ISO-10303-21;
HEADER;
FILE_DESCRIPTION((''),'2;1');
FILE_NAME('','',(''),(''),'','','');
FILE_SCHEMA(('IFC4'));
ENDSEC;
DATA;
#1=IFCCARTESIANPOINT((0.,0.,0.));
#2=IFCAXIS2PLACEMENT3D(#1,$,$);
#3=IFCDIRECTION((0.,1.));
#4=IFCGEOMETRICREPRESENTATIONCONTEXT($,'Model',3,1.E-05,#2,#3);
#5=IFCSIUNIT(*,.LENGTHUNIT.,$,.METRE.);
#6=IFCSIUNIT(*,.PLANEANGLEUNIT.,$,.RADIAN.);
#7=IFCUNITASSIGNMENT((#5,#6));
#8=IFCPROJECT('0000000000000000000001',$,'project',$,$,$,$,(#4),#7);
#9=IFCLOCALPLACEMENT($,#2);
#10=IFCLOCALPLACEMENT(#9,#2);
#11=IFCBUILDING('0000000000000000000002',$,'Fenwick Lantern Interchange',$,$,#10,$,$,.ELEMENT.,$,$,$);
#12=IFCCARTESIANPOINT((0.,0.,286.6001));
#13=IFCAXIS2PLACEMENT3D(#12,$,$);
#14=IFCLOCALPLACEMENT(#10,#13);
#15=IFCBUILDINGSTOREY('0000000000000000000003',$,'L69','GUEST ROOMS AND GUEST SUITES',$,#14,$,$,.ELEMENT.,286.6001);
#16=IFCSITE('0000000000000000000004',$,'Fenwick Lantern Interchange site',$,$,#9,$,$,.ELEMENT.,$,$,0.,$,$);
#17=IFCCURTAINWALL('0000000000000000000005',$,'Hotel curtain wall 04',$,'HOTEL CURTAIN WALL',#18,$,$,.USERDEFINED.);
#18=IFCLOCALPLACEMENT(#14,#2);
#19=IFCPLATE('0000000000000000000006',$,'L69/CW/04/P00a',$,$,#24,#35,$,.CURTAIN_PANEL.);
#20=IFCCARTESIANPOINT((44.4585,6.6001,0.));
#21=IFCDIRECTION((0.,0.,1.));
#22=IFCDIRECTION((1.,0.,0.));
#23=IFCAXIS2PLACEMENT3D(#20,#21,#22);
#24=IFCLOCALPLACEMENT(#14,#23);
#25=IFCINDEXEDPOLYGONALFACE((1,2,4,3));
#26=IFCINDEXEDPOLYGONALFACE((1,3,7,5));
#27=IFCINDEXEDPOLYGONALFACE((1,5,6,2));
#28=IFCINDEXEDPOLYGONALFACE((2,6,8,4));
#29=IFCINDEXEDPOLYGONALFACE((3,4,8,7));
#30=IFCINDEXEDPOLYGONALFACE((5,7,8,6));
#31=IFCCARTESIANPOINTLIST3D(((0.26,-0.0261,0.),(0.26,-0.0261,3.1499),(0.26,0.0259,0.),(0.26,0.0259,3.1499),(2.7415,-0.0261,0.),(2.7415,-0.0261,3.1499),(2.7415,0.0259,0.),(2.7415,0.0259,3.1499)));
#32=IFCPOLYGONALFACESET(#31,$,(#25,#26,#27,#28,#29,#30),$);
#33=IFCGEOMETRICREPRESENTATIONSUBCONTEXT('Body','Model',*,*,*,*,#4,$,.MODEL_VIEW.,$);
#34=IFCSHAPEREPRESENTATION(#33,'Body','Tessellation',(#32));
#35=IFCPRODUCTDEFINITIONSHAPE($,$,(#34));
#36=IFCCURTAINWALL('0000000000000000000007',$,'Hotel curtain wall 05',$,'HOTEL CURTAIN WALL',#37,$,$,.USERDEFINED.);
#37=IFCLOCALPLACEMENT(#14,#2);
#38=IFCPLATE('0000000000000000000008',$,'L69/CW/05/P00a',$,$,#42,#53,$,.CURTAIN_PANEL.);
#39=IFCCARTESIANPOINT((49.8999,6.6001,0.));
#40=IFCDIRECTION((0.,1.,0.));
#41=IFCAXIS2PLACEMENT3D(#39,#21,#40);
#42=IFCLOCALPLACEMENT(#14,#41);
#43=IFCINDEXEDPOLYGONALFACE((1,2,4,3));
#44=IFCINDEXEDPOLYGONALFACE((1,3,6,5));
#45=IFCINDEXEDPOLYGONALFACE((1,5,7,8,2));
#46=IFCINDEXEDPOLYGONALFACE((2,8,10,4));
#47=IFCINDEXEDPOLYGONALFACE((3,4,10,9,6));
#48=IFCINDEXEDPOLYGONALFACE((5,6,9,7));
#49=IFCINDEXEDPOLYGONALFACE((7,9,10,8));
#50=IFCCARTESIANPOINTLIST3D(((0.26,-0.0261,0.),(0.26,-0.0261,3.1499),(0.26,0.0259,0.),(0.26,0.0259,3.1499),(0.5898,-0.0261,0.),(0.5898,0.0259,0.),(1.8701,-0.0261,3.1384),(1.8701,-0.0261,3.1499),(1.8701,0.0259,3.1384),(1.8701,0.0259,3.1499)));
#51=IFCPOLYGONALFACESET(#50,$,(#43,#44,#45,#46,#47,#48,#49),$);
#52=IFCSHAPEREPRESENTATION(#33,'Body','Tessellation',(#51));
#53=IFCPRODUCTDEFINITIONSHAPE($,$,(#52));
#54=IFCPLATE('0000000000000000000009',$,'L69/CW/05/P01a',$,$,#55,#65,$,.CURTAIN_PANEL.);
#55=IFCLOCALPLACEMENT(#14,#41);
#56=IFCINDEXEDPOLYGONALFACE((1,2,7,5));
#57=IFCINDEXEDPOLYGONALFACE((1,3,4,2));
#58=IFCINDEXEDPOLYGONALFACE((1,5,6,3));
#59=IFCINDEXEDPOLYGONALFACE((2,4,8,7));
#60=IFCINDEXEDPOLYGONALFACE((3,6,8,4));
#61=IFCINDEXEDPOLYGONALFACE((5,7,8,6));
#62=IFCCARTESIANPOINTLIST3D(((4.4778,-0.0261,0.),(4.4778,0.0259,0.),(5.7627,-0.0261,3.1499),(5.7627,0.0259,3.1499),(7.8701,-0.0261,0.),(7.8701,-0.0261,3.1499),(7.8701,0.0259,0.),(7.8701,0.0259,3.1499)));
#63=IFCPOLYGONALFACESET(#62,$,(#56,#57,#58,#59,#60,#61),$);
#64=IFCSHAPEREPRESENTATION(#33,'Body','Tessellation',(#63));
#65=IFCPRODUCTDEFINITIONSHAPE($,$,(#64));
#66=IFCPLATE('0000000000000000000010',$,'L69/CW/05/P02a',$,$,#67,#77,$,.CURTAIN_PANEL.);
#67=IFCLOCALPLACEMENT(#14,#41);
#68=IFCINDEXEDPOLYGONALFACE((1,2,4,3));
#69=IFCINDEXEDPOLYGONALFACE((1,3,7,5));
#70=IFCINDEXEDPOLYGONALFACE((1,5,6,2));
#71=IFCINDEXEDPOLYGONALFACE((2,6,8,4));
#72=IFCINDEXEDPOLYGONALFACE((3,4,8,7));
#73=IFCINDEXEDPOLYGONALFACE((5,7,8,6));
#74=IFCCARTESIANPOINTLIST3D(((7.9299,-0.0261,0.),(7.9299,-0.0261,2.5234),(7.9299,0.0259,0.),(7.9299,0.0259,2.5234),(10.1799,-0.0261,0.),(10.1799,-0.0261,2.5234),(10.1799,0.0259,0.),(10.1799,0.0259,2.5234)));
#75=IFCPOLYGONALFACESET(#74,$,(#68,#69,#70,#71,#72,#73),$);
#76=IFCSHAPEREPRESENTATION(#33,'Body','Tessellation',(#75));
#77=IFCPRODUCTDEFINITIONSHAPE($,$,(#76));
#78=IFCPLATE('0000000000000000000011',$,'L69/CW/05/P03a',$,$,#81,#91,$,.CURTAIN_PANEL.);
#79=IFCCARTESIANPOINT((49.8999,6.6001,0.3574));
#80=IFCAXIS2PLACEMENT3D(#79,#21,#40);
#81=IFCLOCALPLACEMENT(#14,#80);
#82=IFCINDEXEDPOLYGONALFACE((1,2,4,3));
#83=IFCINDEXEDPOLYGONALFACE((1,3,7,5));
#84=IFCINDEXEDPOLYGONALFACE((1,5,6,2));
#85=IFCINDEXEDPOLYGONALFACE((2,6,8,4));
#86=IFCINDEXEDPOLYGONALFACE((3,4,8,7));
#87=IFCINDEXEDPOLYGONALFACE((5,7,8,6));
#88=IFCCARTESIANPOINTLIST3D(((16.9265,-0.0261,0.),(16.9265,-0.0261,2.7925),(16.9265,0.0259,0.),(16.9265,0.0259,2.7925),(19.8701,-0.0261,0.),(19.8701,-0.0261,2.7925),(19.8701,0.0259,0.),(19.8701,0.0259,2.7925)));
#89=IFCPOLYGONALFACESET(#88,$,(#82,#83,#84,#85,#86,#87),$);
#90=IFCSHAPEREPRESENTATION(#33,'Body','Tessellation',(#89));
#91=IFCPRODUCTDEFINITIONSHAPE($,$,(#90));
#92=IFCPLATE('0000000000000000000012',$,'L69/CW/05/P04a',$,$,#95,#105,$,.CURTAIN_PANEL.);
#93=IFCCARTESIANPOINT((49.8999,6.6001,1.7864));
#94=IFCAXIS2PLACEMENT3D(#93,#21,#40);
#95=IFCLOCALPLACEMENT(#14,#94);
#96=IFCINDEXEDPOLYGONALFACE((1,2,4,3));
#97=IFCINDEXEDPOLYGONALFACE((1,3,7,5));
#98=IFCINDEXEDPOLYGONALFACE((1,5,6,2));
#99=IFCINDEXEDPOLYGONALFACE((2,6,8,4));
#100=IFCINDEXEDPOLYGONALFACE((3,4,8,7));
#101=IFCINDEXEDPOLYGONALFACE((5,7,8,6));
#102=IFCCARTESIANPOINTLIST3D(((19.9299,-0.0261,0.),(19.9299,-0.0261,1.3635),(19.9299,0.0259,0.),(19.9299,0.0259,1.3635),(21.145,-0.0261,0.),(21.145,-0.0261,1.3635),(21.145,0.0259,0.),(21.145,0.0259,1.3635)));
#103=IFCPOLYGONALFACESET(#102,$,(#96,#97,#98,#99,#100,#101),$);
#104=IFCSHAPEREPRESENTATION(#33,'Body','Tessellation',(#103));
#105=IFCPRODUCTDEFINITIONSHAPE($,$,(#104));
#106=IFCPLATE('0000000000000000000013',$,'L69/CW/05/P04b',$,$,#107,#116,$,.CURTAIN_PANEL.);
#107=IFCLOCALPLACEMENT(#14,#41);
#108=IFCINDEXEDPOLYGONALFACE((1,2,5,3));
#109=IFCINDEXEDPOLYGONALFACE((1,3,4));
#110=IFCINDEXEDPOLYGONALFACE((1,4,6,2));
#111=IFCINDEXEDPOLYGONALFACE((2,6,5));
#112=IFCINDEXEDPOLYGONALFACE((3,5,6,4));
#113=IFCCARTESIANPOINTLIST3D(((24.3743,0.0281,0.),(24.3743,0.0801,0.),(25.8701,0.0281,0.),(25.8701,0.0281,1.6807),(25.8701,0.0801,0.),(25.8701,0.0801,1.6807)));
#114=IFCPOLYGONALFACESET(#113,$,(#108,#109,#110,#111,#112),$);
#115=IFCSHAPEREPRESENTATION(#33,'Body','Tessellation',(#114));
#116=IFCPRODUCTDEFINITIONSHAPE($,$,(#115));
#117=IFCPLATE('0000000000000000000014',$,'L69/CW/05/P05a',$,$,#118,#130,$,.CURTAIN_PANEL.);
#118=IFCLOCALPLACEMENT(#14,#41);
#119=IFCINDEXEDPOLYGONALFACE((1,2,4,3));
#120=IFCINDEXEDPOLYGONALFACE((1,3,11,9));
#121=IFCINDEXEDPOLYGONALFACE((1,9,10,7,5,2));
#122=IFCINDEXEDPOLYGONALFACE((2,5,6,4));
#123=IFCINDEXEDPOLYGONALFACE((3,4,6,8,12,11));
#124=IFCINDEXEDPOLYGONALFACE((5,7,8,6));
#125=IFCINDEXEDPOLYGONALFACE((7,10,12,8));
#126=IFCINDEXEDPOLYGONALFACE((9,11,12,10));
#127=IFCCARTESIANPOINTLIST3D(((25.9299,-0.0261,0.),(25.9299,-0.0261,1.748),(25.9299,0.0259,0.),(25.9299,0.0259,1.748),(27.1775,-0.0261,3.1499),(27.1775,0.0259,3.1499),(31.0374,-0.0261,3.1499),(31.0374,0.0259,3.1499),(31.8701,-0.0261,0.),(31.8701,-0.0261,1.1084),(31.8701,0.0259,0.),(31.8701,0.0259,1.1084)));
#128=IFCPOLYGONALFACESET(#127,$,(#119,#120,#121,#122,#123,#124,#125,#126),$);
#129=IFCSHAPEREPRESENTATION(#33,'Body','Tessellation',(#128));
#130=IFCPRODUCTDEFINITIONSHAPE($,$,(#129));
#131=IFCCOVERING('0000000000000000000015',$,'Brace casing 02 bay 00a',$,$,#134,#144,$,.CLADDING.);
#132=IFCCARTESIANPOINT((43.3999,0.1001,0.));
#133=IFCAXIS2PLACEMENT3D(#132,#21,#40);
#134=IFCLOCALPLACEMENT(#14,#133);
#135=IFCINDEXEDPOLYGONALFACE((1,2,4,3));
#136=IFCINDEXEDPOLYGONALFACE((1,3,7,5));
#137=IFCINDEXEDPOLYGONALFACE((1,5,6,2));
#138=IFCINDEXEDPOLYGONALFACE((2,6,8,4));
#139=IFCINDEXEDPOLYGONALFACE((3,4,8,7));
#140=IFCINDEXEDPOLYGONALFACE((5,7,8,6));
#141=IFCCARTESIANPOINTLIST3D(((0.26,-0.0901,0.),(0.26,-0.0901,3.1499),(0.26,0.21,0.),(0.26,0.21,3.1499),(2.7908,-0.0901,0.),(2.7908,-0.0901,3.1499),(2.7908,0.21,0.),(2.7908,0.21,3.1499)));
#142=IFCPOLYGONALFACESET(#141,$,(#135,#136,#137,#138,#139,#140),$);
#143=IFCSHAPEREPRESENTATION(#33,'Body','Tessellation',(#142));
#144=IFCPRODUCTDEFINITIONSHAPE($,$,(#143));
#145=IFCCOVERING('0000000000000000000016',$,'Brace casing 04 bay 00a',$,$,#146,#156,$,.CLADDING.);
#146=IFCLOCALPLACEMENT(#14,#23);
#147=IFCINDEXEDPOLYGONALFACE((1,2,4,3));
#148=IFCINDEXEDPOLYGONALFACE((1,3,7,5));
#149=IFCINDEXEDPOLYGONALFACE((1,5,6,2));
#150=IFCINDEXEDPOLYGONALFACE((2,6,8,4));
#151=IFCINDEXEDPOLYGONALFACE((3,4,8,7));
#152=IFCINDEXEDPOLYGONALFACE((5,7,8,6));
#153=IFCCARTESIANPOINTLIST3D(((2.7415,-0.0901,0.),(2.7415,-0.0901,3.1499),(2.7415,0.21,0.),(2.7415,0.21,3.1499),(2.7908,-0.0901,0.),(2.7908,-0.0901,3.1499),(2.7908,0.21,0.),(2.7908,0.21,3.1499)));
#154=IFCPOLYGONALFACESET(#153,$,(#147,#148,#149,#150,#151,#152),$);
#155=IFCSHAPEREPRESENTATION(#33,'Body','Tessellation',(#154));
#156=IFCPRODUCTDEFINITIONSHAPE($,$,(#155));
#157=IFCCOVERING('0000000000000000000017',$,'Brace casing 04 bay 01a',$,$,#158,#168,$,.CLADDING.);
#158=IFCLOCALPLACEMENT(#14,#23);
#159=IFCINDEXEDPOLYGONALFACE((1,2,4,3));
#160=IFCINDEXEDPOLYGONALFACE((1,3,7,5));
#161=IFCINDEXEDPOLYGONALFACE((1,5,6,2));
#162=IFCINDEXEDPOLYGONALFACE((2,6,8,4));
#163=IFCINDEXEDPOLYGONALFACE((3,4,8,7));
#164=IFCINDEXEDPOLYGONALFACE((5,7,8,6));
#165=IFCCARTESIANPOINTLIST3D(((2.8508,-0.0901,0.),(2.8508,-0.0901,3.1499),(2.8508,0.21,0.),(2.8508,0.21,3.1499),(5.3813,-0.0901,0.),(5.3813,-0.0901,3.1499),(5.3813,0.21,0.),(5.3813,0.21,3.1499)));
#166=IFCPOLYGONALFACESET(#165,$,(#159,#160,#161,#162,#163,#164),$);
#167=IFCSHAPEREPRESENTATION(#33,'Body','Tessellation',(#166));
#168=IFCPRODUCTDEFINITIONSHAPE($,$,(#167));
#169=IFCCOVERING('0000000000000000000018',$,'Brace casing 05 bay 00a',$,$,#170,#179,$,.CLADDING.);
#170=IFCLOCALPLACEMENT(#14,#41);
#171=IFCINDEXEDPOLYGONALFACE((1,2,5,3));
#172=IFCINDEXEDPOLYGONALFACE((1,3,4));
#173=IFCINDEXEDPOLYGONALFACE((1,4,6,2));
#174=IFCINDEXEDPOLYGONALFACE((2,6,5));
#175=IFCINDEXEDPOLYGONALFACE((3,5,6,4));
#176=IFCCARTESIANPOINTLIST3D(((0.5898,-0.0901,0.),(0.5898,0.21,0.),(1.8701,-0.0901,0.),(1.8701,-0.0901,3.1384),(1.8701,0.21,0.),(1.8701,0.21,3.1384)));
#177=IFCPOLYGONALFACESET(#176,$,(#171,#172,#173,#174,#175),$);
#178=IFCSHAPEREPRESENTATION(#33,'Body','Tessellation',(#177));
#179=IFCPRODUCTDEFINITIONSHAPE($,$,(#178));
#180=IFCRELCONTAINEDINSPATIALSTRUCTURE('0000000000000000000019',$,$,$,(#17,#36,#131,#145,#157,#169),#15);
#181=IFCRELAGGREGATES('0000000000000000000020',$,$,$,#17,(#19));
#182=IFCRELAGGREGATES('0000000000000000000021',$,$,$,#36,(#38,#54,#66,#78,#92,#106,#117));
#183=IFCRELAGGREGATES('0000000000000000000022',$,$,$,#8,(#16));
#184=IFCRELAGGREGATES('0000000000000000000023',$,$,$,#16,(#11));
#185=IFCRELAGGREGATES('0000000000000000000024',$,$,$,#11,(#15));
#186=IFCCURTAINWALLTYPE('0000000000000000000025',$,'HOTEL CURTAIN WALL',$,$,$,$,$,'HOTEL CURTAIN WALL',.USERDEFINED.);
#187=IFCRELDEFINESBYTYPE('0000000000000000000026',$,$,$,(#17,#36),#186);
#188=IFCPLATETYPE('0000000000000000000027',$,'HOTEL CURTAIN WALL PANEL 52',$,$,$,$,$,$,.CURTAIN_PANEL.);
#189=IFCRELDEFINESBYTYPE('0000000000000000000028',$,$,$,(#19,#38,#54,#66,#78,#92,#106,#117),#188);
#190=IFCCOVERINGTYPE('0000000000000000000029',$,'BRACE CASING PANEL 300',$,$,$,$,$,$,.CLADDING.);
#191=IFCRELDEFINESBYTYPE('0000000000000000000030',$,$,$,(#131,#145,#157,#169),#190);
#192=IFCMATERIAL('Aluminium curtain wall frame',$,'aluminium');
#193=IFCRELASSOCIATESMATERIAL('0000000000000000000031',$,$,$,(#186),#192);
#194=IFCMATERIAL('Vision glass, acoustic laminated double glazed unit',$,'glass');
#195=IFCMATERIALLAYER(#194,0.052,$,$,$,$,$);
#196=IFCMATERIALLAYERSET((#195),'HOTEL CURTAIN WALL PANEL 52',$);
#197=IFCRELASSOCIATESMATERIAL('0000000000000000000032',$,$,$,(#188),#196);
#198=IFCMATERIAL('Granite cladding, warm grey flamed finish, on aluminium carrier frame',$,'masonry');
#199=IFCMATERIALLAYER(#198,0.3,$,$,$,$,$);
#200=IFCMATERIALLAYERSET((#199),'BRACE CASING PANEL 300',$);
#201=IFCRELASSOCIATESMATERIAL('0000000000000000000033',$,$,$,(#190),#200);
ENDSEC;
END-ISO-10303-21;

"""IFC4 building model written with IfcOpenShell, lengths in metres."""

from ifc_helpers import new_model, si_unit, direction, frame, origin, place, context, subcontext, project, spatial, polyline, outline, extrude, material, layer, layer_set, type_object, element, aggregate, save


model = new_model("IFC4")

# Units and contexts
model_context = context("Model", 3, precision=1e-05, world=origin(), true_north=direction((0.0, 1.0)))
body_context = subcontext(model_context, "Body", "Model", "MODEL_VIEW")
ifc_project = project(units=[si_unit("LENGTHUNIT", "METRE"), si_unit("PLANEANGLEUNIT", "RADIAN")], contexts=[model_context])

# Site, building, storey
site_placement = place(None, origin())
site = spatial("IfcSite", under=ifc_project, at=site_placement, Name="Fenwick Lantern Interchange site", CompositionType="ELEMENT", RefElevation=0.0)
building_placement = place(site_placement, origin())
building = spatial("IfcBuilding", under=site, at=building_placement, Name="Fenwick Lantern Interchange", CompositionType="ELEMENT")
storey_placement = place(building_placement, frame((0.0, 0.0, 286.6001)))
storey = spatial("IfcBuildingStorey", under=building, at=storey_placement, Name="L69", Description="GUEST ROOMS AND GUEST SUITES", CompositionType="ELEMENT", Elevation=286.6001)

# Shared definitions
ifc_material_1 = material(Name="Aluminium curtain wall frame", Category="aluminium")
curtain_wall_type = type_object("IfcCurtainWallType", Name="HOTEL CURTAIN WALL", ElementType="HOTEL CURTAIN WALL", PredefinedType="USERDEFINED", material=ifc_material_1)

# Curtain wall
curtain_wall_1_placement = place(storey_placement, origin())
curtain_wall_1 = element("IfcCurtainWall", 1, at=curtain_wall_1_placement, inside=storey, type_object=curtain_wall_type, Name="Hotel curtain wall 04", ObjectType="HOTEL CURTAIN WALL", PredefinedType="USERDEFINED")

# Plate
ifc_material_2 = material(Name="Vision glass, acoustic laminated double glazed unit", Category="glass")
ifc_layer_1 = layer(ifc_material_2, 0.052)
ifc_layer_set_1 = layer_set([ifc_layer_1], Name="HOTEL CURTAIN WALL PANEL 52")
plate_type = type_object("IfcPlateType", Name="HOTEL CURTAIN WALL PANEL 52", PredefinedType="CURTAIN_PANEL", material=ifc_layer_set_1)
plate_1_placement = place(storey_placement, frame((44.4585, 6.6001, 0.0), z_axis=(0.0, 0.0, 1.0), x_axis=(1.0, 0.0, 0.0)))
plate_1 = element("IfcPlate", 2, at=plate_1_placement, type_object=plate_type, Name="L69/CW/04/P00a", PredefinedType="CURTAIN_PANEL", context=body_context, shape_type="SweptSolid", body=[
    extrude(outline(polyline([(0.26, 0.0), (2.7415, 0.0), (2.7415, 3.1499), (0.26, 3.1499), (0.26, 0.0)])), frame((0.0, 0.0259, 0.0), z_axis=(0.0, -1.0, 0.0), x_axis=(1.0, 0.0, 0.0)), (0.0, 0.0, 1.0), 0.052),
])
aggregate(curtain_wall_1, [plate_1])

# Curtain wall, plates
curtain_wall_2_placement = place(storey_placement, origin())
curtain_wall_2 = element("IfcCurtainWall", 3, at=curtain_wall_2_placement, inside=storey, type_object=curtain_wall_type, Name="Hotel curtain wall 05", ObjectType="HOTEL CURTAIN WALL", PredefinedType="USERDEFINED")
plate_2_placement = place(storey_placement, frame((49.8999, 6.6001, 0.0), z_axis=(0.0, 0.0, 1.0), x_axis=(0.0, 1.0, 0.0)))
plate_2 = element("IfcPlate", 4, at=plate_2_placement, type_object=plate_type, Name="L69/CW/05/P00a", PredefinedType="CURTAIN_PANEL", context=body_context, shape_type="SweptSolid", body=[
    extrude(outline(polyline([(0.26, 0.0), (0.5898, 0.0), (1.8701, 3.1384), (1.8701, 3.1499), (0.26, 3.1499), (0.26, 0.0)])), frame((0.0, 0.0259, 0.0), z_axis=(0.0, -1.0, 0.0), x_axis=(1.0, 0.0, 0.0)), (0.0, 0.0, 1.0), 0.052),
])
plate_3_placement = place(storey_placement, frame((49.8999, 6.6001, 0.0), z_axis=(0.0, 0.0, 1.0), x_axis=(0.0, 1.0, 0.0)))
plate_3 = element("IfcPlate", 5, at=plate_3_placement, type_object=plate_type, Name="L69/CW/05/P01a", PredefinedType="CURTAIN_PANEL", context=body_context, shape_type="SweptSolid", body=[
    extrude(outline(polyline([(4.4778, 0.0), (7.8701, 0.0), (7.8701, 3.1499), (5.7627, 3.1499), (4.4778, 0.0)])), frame((0.0, 0.0259, 0.0), z_axis=(0.0, -1.0, 0.0), x_axis=(1.0, 0.0, 0.0)), (0.0, 0.0, 1.0), 0.052),
])
plate_4_placement = place(storey_placement, frame((49.8999, 6.6001, 0.0), z_axis=(0.0, 0.0, 1.0), x_axis=(0.0, 1.0, 0.0)))
plate_4 = element("IfcPlate", 6, at=plate_4_placement, type_object=plate_type, Name="L69/CW/05/P02a", PredefinedType="CURTAIN_PANEL", context=body_context, shape_type="SweptSolid", body=[
    extrude(outline(polyline([(7.9299, 0.0), (10.1799, 0.0), (10.1799, 2.5234), (7.9299, 2.5234), (7.9299, 0.0)])), frame((0.0, 0.0259, 0.0), z_axis=(0.0, -1.0, 0.0), x_axis=(1.0, 0.0, 0.0)), (0.0, 0.0, 1.0), 0.052),
])
plate_5_placement = place(storey_placement, frame((49.8999, 6.6001, 0.3574), z_axis=(0.0, 0.0, 1.0), x_axis=(0.0, 1.0, 0.0)))
plate_5 = element("IfcPlate", 7, at=plate_5_placement, type_object=plate_type, Name="L69/CW/05/P03a", PredefinedType="CURTAIN_PANEL", context=body_context, shape_type="SweptSolid", body=[
    extrude(outline(polyline([(16.9265, 0.0), (19.8701, 0.0), (19.8701, 2.7925), (16.9265, 2.7925), (16.9265, 0.0)])), frame((0.0, 0.0259, 0.0), z_axis=(0.0, -1.0, 0.0), x_axis=(1.0, 0.0, 0.0)), (0.0, 0.0, 1.0), 0.052),
])
plate_6_placement = place(storey_placement, frame((49.8999, 6.6001, 1.7864), z_axis=(0.0, 0.0, 1.0), x_axis=(0.0, 1.0, 0.0)))
plate_6 = element("IfcPlate", 8, at=plate_6_placement, type_object=plate_type, Name="L69/CW/05/P04a", PredefinedType="CURTAIN_PANEL", context=body_context, shape_type="SweptSolid", body=[
    extrude(outline(polyline([(19.9299, 0.0), (21.145, 0.0), (21.145, 1.3635), (19.9299, 1.3635), (19.9299, 0.0)])), frame((0.0, 0.0259, 0.0), z_axis=(0.0, -1.0, 0.0), x_axis=(1.0, 0.0, 0.0)), (0.0, 0.0, 1.0), 0.052),
])
plate_7_placement = place(storey_placement, frame((49.8999, 6.6001, 0.0), z_axis=(0.0, 0.0, 1.0), x_axis=(0.0, 1.0, 0.0)))
plate_7 = element("IfcPlate", 9, at=plate_7_placement, type_object=plate_type, Name="L69/CW/05/P04b", PredefinedType="CURTAIN_PANEL", context=body_context, shape_type="SweptSolid", body=[
    extrude(outline(polyline([(24.3743, 0.0), (25.8701, 0.0), (25.8701, 1.6807), (24.3743, 0.0)])), frame((0.0, 0.0801, 0.0), z_axis=(0.0, -1.0, 0.0), x_axis=(1.0, 0.0, 0.0)), (0.0, 0.0, 1.0), 0.052),
])
plate_8_placement = place(storey_placement, frame((49.8999, 6.6001, 0.0), z_axis=(0.0, 0.0, 1.0), x_axis=(0.0, 1.0, 0.0)))
plate_8 = element("IfcPlate", 10, at=plate_8_placement, type_object=plate_type, Name="L69/CW/05/P05a", PredefinedType="CURTAIN_PANEL", context=body_context, shape_type="SweptSolid", body=[
    extrude(outline(polyline([(25.9299, 0.0), (31.8701, 0.0), (31.8701, 1.1084), (31.0374, 3.1499), (27.1775, 3.1499), (25.9299, 1.748), (25.9299, 0.0)])), frame((0.0, 0.0259, 0.0), z_axis=(0.0, -1.0, 0.0), x_axis=(1.0, 0.0, 0.0)), (0.0, 0.0, 1.0), 0.052),
])
aggregate(curtain_wall_2, [plate_2, plate_3, plate_4, plate_5, plate_6, plate_7, plate_8])

# Coverings
ifc_material_3 = material(Name="Granite cladding, warm grey flamed finish, on aluminium carrier frame", Category="masonry")
ifc_layer_2 = layer(ifc_material_3, 0.3)
ifc_layer_set_2 = layer_set([ifc_layer_2], Name="BRACE CASING PANEL 300")
covering_type = type_object("IfcCoveringType", Name="BRACE CASING PANEL 300", PredefinedType="CLADDING", material=ifc_layer_set_2)
covering_1_placement = place(storey_placement, frame((43.3999, 0.1001, 0.0), z_axis=(0.0, 0.0, 1.0), x_axis=(0.0, 1.0, 0.0)))
element("IfcCovering", 11, at=covering_1_placement, inside=storey, type_object=covering_type, Name="Brace casing 02 bay 00a", PredefinedType="CLADDING", context=body_context, shape_type="SweptSolid", body=[
    extrude(outline(polyline([(0.26, 0.0), (2.7908, 0.0), (2.7908, 3.1499), (0.26, 3.1499), (0.26, 0.0)])), frame((0.0, 0.21, 0.0), z_axis=(0.0, -1.0, 0.0), x_axis=(1.0, 0.0, 0.0)), (0.0, 0.0, 1.0), 0.3),
])
covering_2_placement = place(storey_placement, frame((44.4585, 6.6001, 0.0), z_axis=(0.0, 0.0, 1.0), x_axis=(1.0, 0.0, 0.0)))
element("IfcCovering", 12, at=covering_2_placement, inside=storey, type_object=covering_type, Name="Brace casing 04 bay 00a", PredefinedType="CLADDING", context=body_context, shape_type="SweptSolid", body=[
    extrude(outline(polyline([(2.7415, 0.0), (2.7908, 0.0), (2.7908, 3.1499), (2.7415, 3.1499), (2.7415, 0.0)])), frame((0.0, 0.21, 0.0), z_axis=(0.0, -1.0, 0.0), x_axis=(1.0, 0.0, 0.0)), (0.0, 0.0, 1.0), 0.3),
])
covering_3_placement = place(storey_placement, frame((44.4585, 6.6001, 0.0), z_axis=(0.0, 0.0, 1.0), x_axis=(1.0, 0.0, 0.0)))
element("IfcCovering", 13, at=covering_3_placement, inside=storey, type_object=covering_type, Name="Brace casing 04 bay 01a", PredefinedType="CLADDING", context=body_context, shape_type="SweptSolid", body=[
    extrude(outline(polyline([(2.8508, 0.0), (5.3813, 0.0), (5.3813, 3.1499), (2.8508, 3.1499), (2.8508, 0.0)])), frame((0.0, 0.21, 0.0), z_axis=(0.0, -1.0, 0.0), x_axis=(1.0, 0.0, 0.0)), (0.0, 0.0, 1.0), 0.3),
])
covering_4_placement = place(storey_placement, frame((49.8999, 6.6001, 0.0), z_axis=(0.0, 0.0, 1.0), x_axis=(0.0, 1.0, 0.0)))
element("IfcCovering", 14, at=covering_4_placement, inside=storey, type_object=covering_type, Name="Brace casing 05 bay 00a", PredefinedType="CLADDING", context=body_context, shape_type="SweptSolid", body=[
    extrude(outline(polyline([(0.5898, 0.0), (1.8701, 0.0), (1.8701, 3.1384), (0.5898, 0.0)])), frame((0.0, 0.21, 0.0), z_axis=(0.0, -1.0, 0.0), x_axis=(1.0, 0.0, 0.0)), (0.0, 0.0, 1.0), 0.3),
])

save(model, "model.ifc")
